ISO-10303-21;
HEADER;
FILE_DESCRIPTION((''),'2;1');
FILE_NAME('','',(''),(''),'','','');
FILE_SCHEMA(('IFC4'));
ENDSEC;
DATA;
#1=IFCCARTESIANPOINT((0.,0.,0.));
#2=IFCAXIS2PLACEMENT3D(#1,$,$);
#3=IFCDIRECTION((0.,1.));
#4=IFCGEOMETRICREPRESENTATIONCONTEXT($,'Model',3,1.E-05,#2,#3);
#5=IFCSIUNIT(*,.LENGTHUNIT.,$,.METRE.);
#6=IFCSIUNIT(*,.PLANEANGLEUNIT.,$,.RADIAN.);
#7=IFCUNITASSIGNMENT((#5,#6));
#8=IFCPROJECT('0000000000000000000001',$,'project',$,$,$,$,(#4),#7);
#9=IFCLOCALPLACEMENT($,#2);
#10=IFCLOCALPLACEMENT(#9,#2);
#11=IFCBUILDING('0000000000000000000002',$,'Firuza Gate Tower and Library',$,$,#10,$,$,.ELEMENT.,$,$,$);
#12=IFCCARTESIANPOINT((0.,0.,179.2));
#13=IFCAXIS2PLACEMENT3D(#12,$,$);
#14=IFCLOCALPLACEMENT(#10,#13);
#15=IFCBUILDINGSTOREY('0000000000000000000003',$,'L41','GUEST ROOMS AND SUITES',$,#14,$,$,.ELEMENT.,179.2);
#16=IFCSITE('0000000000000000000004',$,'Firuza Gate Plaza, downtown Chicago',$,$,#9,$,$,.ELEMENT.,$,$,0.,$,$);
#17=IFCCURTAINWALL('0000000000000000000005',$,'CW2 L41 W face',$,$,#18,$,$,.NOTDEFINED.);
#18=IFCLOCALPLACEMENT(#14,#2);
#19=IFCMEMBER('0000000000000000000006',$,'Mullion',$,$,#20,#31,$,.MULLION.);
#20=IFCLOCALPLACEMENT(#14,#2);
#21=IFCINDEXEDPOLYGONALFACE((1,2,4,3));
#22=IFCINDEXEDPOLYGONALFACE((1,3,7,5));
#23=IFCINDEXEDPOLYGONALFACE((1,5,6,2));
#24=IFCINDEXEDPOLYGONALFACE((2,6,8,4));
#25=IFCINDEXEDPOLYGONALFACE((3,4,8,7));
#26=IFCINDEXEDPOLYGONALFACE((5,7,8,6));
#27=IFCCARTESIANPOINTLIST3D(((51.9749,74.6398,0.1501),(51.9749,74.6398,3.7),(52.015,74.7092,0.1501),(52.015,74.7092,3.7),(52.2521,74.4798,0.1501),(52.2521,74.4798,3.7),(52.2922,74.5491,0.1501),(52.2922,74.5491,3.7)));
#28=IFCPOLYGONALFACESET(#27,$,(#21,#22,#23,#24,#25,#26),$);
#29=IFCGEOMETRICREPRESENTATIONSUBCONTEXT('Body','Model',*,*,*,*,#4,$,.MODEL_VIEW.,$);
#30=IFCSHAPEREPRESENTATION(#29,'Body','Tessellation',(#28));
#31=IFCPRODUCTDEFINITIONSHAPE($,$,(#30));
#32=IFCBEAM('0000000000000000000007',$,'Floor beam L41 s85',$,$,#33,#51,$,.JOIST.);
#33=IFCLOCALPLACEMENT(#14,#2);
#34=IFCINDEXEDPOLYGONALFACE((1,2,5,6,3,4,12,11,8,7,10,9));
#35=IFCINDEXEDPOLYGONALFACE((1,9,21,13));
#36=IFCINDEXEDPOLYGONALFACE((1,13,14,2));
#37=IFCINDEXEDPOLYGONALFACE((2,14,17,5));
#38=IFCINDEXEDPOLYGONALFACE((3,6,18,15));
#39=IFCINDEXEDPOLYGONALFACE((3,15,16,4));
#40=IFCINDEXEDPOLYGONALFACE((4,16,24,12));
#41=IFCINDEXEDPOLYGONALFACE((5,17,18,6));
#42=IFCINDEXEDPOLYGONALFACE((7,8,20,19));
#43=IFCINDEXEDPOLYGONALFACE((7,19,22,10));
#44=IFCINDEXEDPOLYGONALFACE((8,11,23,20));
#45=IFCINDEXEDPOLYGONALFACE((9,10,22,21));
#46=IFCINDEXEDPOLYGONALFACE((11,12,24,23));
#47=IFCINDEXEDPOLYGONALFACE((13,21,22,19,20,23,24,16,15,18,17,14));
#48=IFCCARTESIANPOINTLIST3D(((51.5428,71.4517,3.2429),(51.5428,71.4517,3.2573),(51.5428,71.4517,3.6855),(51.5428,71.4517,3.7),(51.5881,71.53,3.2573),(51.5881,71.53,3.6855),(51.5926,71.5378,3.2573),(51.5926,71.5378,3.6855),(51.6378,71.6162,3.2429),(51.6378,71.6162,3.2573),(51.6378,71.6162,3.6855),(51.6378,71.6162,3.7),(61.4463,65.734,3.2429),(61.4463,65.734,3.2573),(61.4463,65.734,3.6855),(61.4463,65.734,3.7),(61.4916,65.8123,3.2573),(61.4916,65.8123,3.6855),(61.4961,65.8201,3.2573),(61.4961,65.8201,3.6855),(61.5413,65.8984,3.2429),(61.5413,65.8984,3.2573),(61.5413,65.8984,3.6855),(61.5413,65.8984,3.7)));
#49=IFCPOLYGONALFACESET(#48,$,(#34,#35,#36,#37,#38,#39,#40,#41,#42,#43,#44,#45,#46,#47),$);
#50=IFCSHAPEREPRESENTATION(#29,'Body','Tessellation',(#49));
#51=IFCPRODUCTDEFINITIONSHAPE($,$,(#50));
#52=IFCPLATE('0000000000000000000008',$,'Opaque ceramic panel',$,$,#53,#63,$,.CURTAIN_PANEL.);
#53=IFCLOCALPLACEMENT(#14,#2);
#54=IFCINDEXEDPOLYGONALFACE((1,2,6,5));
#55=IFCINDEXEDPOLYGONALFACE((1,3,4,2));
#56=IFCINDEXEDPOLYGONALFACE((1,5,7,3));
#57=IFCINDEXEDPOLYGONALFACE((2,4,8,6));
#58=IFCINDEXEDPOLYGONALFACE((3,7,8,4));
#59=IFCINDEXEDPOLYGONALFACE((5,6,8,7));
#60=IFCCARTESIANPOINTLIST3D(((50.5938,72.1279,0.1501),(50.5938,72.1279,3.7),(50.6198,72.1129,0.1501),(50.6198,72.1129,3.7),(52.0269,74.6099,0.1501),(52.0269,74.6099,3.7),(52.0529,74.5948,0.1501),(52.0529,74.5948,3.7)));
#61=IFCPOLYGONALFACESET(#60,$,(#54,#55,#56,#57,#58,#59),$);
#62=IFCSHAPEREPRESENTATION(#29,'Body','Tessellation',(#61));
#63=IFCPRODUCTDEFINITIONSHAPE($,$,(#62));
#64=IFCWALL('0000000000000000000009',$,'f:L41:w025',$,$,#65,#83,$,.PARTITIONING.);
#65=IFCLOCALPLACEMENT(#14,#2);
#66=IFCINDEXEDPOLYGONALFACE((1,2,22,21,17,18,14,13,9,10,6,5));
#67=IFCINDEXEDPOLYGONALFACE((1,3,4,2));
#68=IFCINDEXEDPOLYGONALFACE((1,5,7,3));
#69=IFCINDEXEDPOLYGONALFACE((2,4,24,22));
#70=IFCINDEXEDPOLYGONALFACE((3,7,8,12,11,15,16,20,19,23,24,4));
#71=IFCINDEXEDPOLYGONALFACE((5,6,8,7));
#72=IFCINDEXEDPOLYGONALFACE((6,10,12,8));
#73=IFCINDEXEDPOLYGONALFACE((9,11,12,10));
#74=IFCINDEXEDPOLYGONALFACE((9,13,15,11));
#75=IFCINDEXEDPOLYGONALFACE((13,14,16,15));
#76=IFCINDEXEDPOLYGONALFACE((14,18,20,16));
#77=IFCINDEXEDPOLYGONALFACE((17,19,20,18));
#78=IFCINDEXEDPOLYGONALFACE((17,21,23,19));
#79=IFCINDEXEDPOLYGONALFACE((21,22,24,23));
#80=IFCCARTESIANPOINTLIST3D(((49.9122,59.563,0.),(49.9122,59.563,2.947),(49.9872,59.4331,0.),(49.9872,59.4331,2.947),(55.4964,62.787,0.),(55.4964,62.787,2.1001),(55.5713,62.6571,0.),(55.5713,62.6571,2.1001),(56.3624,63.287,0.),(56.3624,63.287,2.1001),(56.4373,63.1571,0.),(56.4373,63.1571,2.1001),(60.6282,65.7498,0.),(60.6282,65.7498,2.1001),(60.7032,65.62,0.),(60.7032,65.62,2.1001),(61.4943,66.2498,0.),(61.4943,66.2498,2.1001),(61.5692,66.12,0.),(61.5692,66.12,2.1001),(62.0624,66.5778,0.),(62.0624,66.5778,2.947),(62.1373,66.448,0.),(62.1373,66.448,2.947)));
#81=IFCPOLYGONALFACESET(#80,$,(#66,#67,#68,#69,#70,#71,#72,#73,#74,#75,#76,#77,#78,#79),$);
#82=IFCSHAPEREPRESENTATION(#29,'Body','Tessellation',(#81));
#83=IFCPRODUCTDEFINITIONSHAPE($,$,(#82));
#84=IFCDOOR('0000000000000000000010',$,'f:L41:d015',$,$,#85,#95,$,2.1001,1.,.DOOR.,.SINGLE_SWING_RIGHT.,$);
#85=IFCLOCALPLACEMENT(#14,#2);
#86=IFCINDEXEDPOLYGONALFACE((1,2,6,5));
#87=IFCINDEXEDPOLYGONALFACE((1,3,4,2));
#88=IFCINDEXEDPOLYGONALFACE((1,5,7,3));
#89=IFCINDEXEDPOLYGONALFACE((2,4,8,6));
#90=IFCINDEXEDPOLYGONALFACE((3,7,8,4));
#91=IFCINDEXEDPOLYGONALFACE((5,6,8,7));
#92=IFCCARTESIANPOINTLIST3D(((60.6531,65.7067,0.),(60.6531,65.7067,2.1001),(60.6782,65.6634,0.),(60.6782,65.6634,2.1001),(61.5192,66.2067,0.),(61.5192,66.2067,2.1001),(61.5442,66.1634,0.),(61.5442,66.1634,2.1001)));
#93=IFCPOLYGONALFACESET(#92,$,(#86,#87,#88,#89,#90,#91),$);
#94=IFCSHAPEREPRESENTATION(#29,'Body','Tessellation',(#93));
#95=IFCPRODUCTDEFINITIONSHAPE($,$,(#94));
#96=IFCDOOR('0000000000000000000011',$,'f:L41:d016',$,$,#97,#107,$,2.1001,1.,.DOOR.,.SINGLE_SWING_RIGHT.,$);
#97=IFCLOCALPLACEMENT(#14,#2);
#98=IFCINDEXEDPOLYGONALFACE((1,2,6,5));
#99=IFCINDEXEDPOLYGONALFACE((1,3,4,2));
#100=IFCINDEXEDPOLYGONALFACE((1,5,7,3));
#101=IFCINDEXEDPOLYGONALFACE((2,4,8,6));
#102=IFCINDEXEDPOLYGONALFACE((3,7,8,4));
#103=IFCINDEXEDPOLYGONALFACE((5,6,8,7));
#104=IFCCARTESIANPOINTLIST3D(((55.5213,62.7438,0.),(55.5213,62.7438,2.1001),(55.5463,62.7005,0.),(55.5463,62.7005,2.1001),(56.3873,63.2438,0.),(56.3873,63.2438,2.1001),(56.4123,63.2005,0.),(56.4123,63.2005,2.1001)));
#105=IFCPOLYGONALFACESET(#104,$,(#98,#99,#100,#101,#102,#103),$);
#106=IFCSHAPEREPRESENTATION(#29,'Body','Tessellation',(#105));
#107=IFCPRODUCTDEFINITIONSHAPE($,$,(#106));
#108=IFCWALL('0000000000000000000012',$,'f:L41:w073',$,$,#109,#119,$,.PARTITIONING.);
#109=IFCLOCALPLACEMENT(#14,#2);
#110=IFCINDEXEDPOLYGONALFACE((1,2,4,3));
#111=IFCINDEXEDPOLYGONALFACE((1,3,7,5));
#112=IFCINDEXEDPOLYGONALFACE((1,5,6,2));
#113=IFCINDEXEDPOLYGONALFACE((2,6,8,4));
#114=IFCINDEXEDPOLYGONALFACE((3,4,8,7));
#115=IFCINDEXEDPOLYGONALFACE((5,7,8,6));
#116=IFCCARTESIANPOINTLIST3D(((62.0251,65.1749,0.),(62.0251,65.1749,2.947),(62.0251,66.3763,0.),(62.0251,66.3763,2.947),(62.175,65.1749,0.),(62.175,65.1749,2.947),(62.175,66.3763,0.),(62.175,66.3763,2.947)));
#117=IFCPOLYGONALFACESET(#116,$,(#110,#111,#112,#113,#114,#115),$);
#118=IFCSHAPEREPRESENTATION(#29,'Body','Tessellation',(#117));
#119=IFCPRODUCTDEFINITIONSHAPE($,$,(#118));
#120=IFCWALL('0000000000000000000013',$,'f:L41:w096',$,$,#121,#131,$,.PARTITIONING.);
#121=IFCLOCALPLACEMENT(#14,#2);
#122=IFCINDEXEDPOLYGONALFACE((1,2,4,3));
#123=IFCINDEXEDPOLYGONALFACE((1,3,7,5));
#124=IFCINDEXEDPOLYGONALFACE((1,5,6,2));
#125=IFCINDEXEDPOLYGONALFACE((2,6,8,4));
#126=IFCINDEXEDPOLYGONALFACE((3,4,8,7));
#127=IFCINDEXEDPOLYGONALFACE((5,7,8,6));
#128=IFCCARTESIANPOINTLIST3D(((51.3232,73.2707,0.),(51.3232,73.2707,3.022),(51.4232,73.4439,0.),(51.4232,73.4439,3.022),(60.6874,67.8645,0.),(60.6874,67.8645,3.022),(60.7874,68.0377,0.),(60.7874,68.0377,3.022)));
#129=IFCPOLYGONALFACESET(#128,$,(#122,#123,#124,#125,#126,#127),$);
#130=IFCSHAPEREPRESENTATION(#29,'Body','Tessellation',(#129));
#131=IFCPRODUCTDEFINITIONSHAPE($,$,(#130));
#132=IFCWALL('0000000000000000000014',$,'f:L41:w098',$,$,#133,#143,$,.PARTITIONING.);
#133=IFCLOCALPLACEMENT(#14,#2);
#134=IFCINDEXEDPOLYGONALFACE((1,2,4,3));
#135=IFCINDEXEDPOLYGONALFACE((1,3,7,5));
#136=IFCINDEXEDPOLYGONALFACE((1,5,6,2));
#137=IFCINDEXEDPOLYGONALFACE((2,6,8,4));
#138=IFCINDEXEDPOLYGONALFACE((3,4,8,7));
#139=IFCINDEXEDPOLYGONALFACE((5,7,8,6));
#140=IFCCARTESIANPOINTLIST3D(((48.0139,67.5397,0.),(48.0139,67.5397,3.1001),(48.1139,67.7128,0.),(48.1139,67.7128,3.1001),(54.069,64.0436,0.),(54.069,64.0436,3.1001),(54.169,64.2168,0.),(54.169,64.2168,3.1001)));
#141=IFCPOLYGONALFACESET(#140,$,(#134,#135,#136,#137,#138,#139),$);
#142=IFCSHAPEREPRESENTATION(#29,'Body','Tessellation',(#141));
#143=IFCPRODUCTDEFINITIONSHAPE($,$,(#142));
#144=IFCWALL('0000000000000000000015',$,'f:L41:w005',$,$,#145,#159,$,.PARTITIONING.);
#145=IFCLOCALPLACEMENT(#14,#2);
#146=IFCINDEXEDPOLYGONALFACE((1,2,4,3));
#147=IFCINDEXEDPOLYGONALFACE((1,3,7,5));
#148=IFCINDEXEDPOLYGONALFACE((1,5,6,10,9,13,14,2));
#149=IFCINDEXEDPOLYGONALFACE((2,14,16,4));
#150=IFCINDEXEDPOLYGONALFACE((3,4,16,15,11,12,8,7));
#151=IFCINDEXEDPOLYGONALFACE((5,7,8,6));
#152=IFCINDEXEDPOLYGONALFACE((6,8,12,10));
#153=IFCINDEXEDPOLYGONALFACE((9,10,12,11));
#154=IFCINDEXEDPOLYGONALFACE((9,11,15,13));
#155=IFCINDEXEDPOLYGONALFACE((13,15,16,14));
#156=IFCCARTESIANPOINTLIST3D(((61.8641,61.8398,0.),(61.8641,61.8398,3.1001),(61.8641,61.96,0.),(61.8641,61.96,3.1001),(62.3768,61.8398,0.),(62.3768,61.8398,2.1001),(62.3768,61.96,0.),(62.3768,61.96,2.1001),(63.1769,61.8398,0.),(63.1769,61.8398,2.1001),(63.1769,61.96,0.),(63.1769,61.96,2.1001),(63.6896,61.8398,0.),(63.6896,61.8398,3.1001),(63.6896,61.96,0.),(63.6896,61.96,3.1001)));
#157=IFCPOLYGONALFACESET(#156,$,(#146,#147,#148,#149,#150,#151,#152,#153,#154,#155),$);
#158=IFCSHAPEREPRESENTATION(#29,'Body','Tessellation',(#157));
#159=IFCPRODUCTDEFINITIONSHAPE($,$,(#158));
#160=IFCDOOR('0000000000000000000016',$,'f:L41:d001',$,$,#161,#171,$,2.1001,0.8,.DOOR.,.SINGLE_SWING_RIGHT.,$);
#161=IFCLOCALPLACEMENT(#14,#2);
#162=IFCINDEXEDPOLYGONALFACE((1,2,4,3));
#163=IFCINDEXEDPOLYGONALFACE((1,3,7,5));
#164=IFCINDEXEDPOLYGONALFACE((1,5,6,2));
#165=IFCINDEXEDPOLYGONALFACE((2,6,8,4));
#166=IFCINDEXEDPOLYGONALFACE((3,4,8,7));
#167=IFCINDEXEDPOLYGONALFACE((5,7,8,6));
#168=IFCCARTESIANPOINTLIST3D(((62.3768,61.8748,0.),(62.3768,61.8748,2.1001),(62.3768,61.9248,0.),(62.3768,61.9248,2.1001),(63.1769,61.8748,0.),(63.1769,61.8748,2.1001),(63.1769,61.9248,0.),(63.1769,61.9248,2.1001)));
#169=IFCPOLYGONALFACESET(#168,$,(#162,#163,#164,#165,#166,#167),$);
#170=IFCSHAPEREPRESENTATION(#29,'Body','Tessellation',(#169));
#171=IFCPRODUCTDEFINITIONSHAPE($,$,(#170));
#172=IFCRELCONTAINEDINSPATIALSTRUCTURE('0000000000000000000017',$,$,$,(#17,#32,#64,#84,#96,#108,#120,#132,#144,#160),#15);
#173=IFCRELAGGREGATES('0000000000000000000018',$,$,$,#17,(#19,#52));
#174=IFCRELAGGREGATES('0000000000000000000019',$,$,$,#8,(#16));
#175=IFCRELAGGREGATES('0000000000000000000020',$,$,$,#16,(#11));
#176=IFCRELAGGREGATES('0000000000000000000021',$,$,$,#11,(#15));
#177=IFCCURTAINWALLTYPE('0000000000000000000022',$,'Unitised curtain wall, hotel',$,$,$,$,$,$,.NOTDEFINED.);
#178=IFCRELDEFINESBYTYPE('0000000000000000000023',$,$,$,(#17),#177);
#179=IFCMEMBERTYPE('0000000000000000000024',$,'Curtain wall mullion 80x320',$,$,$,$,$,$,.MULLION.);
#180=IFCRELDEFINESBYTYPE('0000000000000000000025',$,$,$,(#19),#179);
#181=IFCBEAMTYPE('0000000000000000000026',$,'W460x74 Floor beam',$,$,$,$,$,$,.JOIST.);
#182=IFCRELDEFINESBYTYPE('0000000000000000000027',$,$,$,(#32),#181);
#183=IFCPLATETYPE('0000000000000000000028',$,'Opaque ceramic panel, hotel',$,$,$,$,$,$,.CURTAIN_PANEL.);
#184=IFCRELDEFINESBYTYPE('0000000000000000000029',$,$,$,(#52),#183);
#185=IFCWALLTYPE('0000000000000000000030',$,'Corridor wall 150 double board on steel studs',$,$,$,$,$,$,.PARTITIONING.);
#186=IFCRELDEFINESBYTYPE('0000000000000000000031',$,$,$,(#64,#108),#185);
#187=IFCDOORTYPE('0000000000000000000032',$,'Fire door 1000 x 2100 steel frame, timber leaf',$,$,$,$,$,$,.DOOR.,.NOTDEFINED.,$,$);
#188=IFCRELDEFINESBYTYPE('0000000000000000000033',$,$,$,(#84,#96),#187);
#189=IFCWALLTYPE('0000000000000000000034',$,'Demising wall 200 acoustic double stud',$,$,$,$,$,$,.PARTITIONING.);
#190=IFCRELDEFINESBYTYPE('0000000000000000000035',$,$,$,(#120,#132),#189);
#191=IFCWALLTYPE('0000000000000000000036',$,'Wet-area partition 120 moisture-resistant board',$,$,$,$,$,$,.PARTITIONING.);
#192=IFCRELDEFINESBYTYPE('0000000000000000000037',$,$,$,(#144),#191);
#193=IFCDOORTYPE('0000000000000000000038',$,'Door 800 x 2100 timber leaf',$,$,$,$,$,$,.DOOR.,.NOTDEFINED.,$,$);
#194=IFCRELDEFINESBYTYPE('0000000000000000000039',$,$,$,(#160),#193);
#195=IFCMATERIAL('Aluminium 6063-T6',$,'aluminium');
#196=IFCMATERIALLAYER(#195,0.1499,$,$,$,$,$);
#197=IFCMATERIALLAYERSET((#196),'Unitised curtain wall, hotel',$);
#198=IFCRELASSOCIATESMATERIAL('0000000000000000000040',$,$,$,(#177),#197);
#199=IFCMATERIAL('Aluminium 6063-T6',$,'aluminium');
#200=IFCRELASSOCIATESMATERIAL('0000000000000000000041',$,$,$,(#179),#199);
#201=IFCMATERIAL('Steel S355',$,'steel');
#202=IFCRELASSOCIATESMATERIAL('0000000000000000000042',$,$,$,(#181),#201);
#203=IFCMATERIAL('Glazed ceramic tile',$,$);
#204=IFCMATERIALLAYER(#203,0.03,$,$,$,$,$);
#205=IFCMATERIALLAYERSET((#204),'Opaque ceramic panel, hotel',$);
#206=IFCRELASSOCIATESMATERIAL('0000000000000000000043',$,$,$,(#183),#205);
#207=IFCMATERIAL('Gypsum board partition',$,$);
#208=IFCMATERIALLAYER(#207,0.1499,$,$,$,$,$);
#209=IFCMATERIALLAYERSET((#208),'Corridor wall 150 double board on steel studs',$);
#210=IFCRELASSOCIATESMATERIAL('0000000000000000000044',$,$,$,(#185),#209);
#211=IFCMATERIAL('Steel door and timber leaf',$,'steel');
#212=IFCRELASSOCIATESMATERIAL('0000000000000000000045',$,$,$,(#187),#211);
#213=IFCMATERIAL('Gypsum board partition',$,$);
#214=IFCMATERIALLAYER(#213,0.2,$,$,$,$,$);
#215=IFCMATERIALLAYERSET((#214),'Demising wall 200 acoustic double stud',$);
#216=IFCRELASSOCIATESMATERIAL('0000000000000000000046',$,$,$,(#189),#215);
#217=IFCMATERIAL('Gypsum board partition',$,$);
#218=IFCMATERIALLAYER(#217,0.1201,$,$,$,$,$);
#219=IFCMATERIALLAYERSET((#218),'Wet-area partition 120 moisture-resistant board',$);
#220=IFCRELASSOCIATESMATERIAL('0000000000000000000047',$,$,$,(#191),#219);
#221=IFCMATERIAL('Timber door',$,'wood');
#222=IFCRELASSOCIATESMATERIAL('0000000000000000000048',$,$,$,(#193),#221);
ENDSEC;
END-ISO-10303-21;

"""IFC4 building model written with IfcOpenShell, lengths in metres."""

from ifc_helpers import new_model, si_unit, direction, frame, frame_2d, origin, origin_2d, place, context, subcontext, project, spatial, polyline, rectangle, i_section, outline, extrude, material, layer, layer_set, material_profile, profile_set, type_object, element, fill, aggregate, save


model = new_model("IFC4")

# Units and contexts
model_context = context("Model", 3, precision=1e-05, world=origin(), true_north=direction((0.0, 1.0)))
body_context = subcontext(model_context, "Body", "Model", "MODEL_VIEW")
ifc_project = project(units=[si_unit("LENGTHUNIT", "METRE"), si_unit("PLANEANGLEUNIT", "RADIAN")], contexts=[model_context])

# Site, building, storey
site_placement = place(None, origin())
site = spatial("IfcSite", under=ifc_project, at=site_placement, Name="Firuza Gate Plaza, downtown Chicago", CompositionType="ELEMENT", RefElevation=0.0)
building_placement = place(site_placement, origin())
building = spatial("IfcBuilding", under=site, at=building_placement, Name="Firuza Gate Tower and Library", CompositionType="ELEMENT")
storey_placement = place(building_placement, frame((0.0, 0.0, 179.2)))
storey = spatial("IfcBuildingStorey", under=building, at=storey_placement, Name="L41", Description="GUEST ROOMS AND SUITES", CompositionType="ELEMENT", Elevation=179.2)

# Curtain wall, member
ifc_material_1 = material(Name="Aluminium 6063-T6", Category="aluminium")
ifc_layer_1 = layer(ifc_material_1, 0.1499)
ifc_layer_set_1 = layer_set([ifc_layer_1], Name="Unitised curtain wall, hotel")
curtain_wall_type = type_object("IfcCurtainWallType", Name="Unitised curtain wall, hotel", PredefinedType="NOTDEFINED", material=ifc_layer_set_1)
curtain_wall_placement = place(storey_placement, origin())
curtain_wall = element("IfcCurtainWall", 1, at=curtain_wall_placement, inside=storey, type_object=curtain_wall_type, Name="CW2 L41 W face", PredefinedType="NOTDEFINED")
ifc_material_2 = material(Name="Aluminium 6063-T6", Category="aluminium")
ifc_material_profile_1 = material_profile(ifc_material_2, rectangle(XDim=0.3201, YDim=0.0801, at=origin_2d()))
ifc_profile_set_1 = profile_set([ifc_material_profile_1], Name="Aluminium 6063-T6")
member_type = type_object("IfcMemberType", Name="Curtain wall mullion 80x320", PredefinedType="MULLION", material=ifc_profile_set_1)
member_placement = place(storey_placement, frame((52.1335, 74.5945, 0.1501), z_axis=(0.0, 0.0, 1.0), x_axis=(0.866025, -0.5, 0.0)))
member = element("IfcMember", 2, at=member_placement, type_object=member_type, Name="Mullion", PredefinedType="MULLION", context=body_context, shape_type="SweptSolid", body=[
    extrude(rectangle(XDim=0.3201, YDim=0.0801, at=origin_2d()), origin(), (0.0, 0.0, 1.0), 3.5498),
])

# Beam
ifc_material_3 = material(Name="Steel S355", Category="steel")
ifc_material_profile_2 = material_profile(ifc_material_3, i_section(OverallWidth=0.1899, OverallDepth=0.457, WebThickness=0.009, FlangeThickness=0.0144, at=origin_2d()))
ifc_profile_set_2 = profile_set([ifc_material_profile_2], Name="Steel S355")
beam_type = type_object("IfcBeamType", Name="W460x74 Floor beam", PredefinedType="JOIST", material=ifc_profile_set_2)
beam_placement = place(storey_placement, frame((51.5903, 71.5339, 3.4714), z_axis=(0.866027, -0.499997, 0.0), x_axis=(0.499997, 0.866027, 0.0)))
element("IfcBeam", 3, at=beam_placement, inside=storey, type_object=beam_type, Name="Floor beam L41 s85", PredefinedType="JOIST", context=body_context, shape_type="SweptSolid", body=[
    extrude(i_section(OverallWidth=0.1899, OverallDepth=0.457, WebThickness=0.009, FlangeThickness=0.0144, at=origin_2d()), origin(), (0.0, 0.0, 1.0), 11.4355),
])

# Plate
ifc_material_4 = material(Name="Glazed ceramic tile")
ifc_layer_2 = layer(ifc_material_4, 0.03)
ifc_layer_set_2 = layer_set([ifc_layer_2], Name="Opaque ceramic panel, hotel")
plate_type = type_object("IfcPlateType", Name="Opaque ceramic panel, hotel", PredefinedType="CURTAIN_PANEL", material=ifc_layer_set_2)
plate_placement = place(storey_placement, frame((52.0269, 74.6099, 0.1501), z_axis=(-0.866001, 0.500042, 0.0), x_axis=(-0.500042, -0.866001, 0.0)))
plate = element("IfcPlate", 4, at=plate_placement, type_object=plate_type, Name="Opaque ceramic panel", PredefinedType="CURTAIN_PANEL", context=body_context, shape_type="SweptSolid", body=[
    extrude(outline(polyline([(0.0, 0.0), (2.866, 0.0), (2.866, 3.5498), (0.0, 3.5498), (0.0, 0.0)])), origin(), (0.0, 0.0, -1.0), 0.03),
])
aggregate(curtain_wall, [member, plate])

# Wall, openings, doors
ifc_material_5 = material(Name="Gypsum board partition")
ifc_layer_3 = layer(ifc_material_5, 0.1499)
ifc_layer_set_3 = layer_set([ifc_layer_3], Name="Corridor wall 150 double board on steel studs")
wall_type_1 = type_object("IfcWallType", Name="Corridor wall 150 double board on steel studs", PredefinedType="PARTITIONING", material=ifc_layer_set_3)
wall_1_placement = place(storey_placement, frame((62.0999, 66.5129, 0.0), z_axis=(0.0, 0.0, 1.0), x_axis=(-0.866025, -0.5, 0.0)))
wall_1 = element("IfcWall", 5, at=wall_1_placement, inside=storey, type_object=wall_type_1, Name="f:L41:w025", PredefinedType="PARTITIONING", context=body_context, shape_type="SweptSolid", body=[
    extrude(rectangle(XDim=14.0298, YDim=0.1499, at=frame_2d((7.0149, 0.0))), origin(), (0.0, 0.0, 1.0), 2.947),
])
opening_1_placement = place(wall_1_placement, frame((0.656, 0.0, 0.0)))
opening_1 = element("IfcOpeningElement", 6, at=opening_1_placement, cuts=wall_1, PredefinedType="OPENING", context=body_context, shape_type="SweptSolid", body=[
    extrude(rectangle(XDim=1.0, YDim=2.1001, at=frame_2d((0.5, 1.05))), frame((0.0, 0.085, 0.0), z_axis=(0.0, -1.0, 0.0), x_axis=(1.0, 0.0, 0.0)), (0.0, 0.0, 1.0), 0.1699),
])
opening_2_placement = place(wall_1_placement, frame((6.5818, 0.0, 0.0)))
opening_2 = element("IfcOpeningElement", 7, at=opening_2_placement, cuts=wall_1, PredefinedType="OPENING", context=body_context, shape_type="SweptSolid", body=[
    extrude(rectangle(XDim=1.0, YDim=2.1001, at=frame_2d((0.5, 1.05))), frame((0.0, 0.085, 0.0), z_axis=(0.0, -1.0, 0.0), x_axis=(1.0, 0.0, 0.0)), (0.0, 0.0, 1.0), 0.1699),
])
ifc_material_6 = material(Name="Steel door and timber leaf", Category="steel")
door_type_1 = type_object("IfcDoorType", Name="Fire door 1000 x 2100 steel frame, timber leaf", OperationType="NOTDEFINED", PredefinedType="DOOR", material=ifc_material_6)
door_1_placement = place(opening_1_placement, origin())
door_1 = element("IfcDoor", 8, at=door_1_placement, inside=storey, type_object=door_type_1, Name="f:L41:d015", OperationType="SINGLE_SWING_RIGHT", OverallHeight=2.1001, OverallWidth=1.0, PredefinedType="DOOR", context=body_context, shape_type="SweptSolid", body=[
    extrude(rectangle(XDim=1.0, YDim=2.1001, at=frame_2d((0.5, 1.05))), frame((0.0, 0.0249, 0.0), z_axis=(0.0, -1.0, 0.0), x_axis=(1.0, 0.0, 0.0)), (0.0, 0.0, 1.0), 0.05),
])
fill(opening_1, door_1)
door_2_placement = place(opening_2_placement, origin())
door_2 = element("IfcDoor", 9, at=door_2_placement, inside=storey, type_object=door_type_1, Name="f:L41:d016", OperationType="SINGLE_SWING_RIGHT", OverallHeight=2.1001, OverallWidth=1.0, PredefinedType="DOOR", context=body_context, shape_type="SweptSolid", body=[
    extrude(rectangle(XDim=1.0, YDim=2.1001, at=frame_2d((0.5, 1.05))), frame((0.0, 0.0249, 0.0), z_axis=(0.0, -1.0, 0.0), x_axis=(1.0, 0.0, 0.0)), (0.0, 0.0, 1.0), 0.05),
])
fill(opening_2, door_2)

# Walls
wall_2_placement = place(storey_placement, frame((62.1001, 65.175, 0.0), z_axis=(0.0, 0.0, 1.0), x_axis=(0.0, 1.0, 0.0)))
element("IfcWall", 10, at=wall_2_placement, inside=storey, type_object=wall_type_1, Name="f:L41:w073", PredefinedType="PARTITIONING", context=body_context, shape_type="SweptSolid", body=[
    extrude(rectangle(XDim=1.2014, YDim=0.1499, at=frame_2d((0.6006, 0.0))), origin(), (0.0, 0.0, 1.0), 2.947),
])
ifc_material_7 = material(Name="Gypsum board partition")
ifc_layer_4 = layer(ifc_material_7, 0.2)
ifc_layer_set_4 = layer_set([ifc_layer_4], Name="Demising wall 200 acoustic double stud")
wall_type_2 = type_object("IfcWallType", Name="Demising wall 200 acoustic double stud", PredefinedType="PARTITIONING", material=ifc_layer_set_4)
wall_3_placement = place(storey_placement, frame((60.7373, 67.9512, 0.0), z_axis=(0.0, 0.0, 1.0), x_axis=(-0.866034, 0.499986, 0.0)))
element("IfcWall", 11, at=wall_3_placement, inside=storey, type_object=wall_type_2, Name="f:L41:w096", PredefinedType="PARTITIONING", context=body_context, shape_type="SweptSolid", body=[
    extrude(rectangle(XDim=10.8127, YDim=0.2, at=frame_2d((5.4062, 0.0))), origin(), (0.0, 0.0, 1.0), 3.022),
])
wall_4_placement = place(storey_placement, frame((54.1191, 64.1301, 0.0), z_axis=(0.0, 0.0, 1.0), x_axis=(-0.866017, 0.500015, 0.0)))
element("IfcWall", 12, at=wall_4_placement, inside=storey, type_object=wall_type_2, Name="f:L41:w098", PredefinedType="PARTITIONING", context=body_context, shape_type="SweptSolid", body=[
    extrude(rectangle(XDim=6.9919, YDim=0.2, at=frame_2d((3.4961, 0.0))), origin(), (0.0, 0.0, 1.0), 3.1001),
])

# Wall, opening, door
ifc_material_8 = material(Name="Gypsum board partition")
ifc_layer_5 = layer(ifc_material_8, 0.1201)
ifc_layer_set_5 = layer_set([ifc_layer_5], Name="Wet-area partition 120 moisture-resistant board")
wall_type_3 = type_object("IfcWallType", Name="Wet-area partition 120 moisture-resistant board", PredefinedType="PARTITIONING", material=ifc_layer_set_5)
wall_5_placement = place(storey_placement, frame((61.8643, 61.8999, 0.0), z_axis=(0.0, 0.0, 1.0), x_axis=(1.0, 0.0, 0.0)))
wall_5 = element("IfcWall", 13, at=wall_5_placement, inside=storey, type_object=wall_type_3, Name="f:L41:w005", PredefinedType="PARTITIONING", context=body_context, shape_type="SweptSolid", body=[
    extrude(rectangle(XDim=1.8254, YDim=0.1201, at=frame_2d((0.9126, 0.0))), origin(), (0.0, 0.0, 1.0), 3.1001),
])
opening_3_placement = place(wall_5_placement, frame((0.5127, 0.0, 0.0)))
opening_3 = element("IfcOpeningElement", 14, at=opening_3_placement, cuts=wall_5, PredefinedType="OPENING", context=body_context, shape_type="SweptSolid", body=[
    extrude(rectangle(XDim=0.8, YDim=2.1001, at=frame_2d((0.3999, 1.05))), frame((0.0, 0.0701, 0.0), z_axis=(0.0, -1.0, 0.0), x_axis=(1.0, 0.0, 0.0)), (0.0, 0.0, 1.0), 0.1401),
])
ifc_material_9 = material(Name="Timber door", Category="wood")
door_type_2 = type_object("IfcDoorType", Name="Door 800 x 2100 timber leaf", OperationType="NOTDEFINED", PredefinedType="DOOR", material=ifc_material_9)
door_3_placement = place(opening_3_placement, origin())
door_3 = element("IfcDoor", 15, at=door_3_placement, inside=storey, type_object=door_type_2, Name="f:L41:d001", OperationType="SINGLE_SWING_RIGHT", OverallHeight=2.1001, OverallWidth=0.8, PredefinedType="DOOR", context=body_context, shape_type="SweptSolid", body=[
    extrude(rectangle(XDim=0.8, YDim=2.1001, at=frame_2d((0.3999, 1.05))), frame((0.0, 0.0249, 0.0), z_axis=(0.0, -1.0, 0.0), x_axis=(1.0, 0.0, 0.0)), (0.0, 0.0, 1.0), 0.05),
])
fill(opening_3, door_3)

save(model, "model.ifc")
